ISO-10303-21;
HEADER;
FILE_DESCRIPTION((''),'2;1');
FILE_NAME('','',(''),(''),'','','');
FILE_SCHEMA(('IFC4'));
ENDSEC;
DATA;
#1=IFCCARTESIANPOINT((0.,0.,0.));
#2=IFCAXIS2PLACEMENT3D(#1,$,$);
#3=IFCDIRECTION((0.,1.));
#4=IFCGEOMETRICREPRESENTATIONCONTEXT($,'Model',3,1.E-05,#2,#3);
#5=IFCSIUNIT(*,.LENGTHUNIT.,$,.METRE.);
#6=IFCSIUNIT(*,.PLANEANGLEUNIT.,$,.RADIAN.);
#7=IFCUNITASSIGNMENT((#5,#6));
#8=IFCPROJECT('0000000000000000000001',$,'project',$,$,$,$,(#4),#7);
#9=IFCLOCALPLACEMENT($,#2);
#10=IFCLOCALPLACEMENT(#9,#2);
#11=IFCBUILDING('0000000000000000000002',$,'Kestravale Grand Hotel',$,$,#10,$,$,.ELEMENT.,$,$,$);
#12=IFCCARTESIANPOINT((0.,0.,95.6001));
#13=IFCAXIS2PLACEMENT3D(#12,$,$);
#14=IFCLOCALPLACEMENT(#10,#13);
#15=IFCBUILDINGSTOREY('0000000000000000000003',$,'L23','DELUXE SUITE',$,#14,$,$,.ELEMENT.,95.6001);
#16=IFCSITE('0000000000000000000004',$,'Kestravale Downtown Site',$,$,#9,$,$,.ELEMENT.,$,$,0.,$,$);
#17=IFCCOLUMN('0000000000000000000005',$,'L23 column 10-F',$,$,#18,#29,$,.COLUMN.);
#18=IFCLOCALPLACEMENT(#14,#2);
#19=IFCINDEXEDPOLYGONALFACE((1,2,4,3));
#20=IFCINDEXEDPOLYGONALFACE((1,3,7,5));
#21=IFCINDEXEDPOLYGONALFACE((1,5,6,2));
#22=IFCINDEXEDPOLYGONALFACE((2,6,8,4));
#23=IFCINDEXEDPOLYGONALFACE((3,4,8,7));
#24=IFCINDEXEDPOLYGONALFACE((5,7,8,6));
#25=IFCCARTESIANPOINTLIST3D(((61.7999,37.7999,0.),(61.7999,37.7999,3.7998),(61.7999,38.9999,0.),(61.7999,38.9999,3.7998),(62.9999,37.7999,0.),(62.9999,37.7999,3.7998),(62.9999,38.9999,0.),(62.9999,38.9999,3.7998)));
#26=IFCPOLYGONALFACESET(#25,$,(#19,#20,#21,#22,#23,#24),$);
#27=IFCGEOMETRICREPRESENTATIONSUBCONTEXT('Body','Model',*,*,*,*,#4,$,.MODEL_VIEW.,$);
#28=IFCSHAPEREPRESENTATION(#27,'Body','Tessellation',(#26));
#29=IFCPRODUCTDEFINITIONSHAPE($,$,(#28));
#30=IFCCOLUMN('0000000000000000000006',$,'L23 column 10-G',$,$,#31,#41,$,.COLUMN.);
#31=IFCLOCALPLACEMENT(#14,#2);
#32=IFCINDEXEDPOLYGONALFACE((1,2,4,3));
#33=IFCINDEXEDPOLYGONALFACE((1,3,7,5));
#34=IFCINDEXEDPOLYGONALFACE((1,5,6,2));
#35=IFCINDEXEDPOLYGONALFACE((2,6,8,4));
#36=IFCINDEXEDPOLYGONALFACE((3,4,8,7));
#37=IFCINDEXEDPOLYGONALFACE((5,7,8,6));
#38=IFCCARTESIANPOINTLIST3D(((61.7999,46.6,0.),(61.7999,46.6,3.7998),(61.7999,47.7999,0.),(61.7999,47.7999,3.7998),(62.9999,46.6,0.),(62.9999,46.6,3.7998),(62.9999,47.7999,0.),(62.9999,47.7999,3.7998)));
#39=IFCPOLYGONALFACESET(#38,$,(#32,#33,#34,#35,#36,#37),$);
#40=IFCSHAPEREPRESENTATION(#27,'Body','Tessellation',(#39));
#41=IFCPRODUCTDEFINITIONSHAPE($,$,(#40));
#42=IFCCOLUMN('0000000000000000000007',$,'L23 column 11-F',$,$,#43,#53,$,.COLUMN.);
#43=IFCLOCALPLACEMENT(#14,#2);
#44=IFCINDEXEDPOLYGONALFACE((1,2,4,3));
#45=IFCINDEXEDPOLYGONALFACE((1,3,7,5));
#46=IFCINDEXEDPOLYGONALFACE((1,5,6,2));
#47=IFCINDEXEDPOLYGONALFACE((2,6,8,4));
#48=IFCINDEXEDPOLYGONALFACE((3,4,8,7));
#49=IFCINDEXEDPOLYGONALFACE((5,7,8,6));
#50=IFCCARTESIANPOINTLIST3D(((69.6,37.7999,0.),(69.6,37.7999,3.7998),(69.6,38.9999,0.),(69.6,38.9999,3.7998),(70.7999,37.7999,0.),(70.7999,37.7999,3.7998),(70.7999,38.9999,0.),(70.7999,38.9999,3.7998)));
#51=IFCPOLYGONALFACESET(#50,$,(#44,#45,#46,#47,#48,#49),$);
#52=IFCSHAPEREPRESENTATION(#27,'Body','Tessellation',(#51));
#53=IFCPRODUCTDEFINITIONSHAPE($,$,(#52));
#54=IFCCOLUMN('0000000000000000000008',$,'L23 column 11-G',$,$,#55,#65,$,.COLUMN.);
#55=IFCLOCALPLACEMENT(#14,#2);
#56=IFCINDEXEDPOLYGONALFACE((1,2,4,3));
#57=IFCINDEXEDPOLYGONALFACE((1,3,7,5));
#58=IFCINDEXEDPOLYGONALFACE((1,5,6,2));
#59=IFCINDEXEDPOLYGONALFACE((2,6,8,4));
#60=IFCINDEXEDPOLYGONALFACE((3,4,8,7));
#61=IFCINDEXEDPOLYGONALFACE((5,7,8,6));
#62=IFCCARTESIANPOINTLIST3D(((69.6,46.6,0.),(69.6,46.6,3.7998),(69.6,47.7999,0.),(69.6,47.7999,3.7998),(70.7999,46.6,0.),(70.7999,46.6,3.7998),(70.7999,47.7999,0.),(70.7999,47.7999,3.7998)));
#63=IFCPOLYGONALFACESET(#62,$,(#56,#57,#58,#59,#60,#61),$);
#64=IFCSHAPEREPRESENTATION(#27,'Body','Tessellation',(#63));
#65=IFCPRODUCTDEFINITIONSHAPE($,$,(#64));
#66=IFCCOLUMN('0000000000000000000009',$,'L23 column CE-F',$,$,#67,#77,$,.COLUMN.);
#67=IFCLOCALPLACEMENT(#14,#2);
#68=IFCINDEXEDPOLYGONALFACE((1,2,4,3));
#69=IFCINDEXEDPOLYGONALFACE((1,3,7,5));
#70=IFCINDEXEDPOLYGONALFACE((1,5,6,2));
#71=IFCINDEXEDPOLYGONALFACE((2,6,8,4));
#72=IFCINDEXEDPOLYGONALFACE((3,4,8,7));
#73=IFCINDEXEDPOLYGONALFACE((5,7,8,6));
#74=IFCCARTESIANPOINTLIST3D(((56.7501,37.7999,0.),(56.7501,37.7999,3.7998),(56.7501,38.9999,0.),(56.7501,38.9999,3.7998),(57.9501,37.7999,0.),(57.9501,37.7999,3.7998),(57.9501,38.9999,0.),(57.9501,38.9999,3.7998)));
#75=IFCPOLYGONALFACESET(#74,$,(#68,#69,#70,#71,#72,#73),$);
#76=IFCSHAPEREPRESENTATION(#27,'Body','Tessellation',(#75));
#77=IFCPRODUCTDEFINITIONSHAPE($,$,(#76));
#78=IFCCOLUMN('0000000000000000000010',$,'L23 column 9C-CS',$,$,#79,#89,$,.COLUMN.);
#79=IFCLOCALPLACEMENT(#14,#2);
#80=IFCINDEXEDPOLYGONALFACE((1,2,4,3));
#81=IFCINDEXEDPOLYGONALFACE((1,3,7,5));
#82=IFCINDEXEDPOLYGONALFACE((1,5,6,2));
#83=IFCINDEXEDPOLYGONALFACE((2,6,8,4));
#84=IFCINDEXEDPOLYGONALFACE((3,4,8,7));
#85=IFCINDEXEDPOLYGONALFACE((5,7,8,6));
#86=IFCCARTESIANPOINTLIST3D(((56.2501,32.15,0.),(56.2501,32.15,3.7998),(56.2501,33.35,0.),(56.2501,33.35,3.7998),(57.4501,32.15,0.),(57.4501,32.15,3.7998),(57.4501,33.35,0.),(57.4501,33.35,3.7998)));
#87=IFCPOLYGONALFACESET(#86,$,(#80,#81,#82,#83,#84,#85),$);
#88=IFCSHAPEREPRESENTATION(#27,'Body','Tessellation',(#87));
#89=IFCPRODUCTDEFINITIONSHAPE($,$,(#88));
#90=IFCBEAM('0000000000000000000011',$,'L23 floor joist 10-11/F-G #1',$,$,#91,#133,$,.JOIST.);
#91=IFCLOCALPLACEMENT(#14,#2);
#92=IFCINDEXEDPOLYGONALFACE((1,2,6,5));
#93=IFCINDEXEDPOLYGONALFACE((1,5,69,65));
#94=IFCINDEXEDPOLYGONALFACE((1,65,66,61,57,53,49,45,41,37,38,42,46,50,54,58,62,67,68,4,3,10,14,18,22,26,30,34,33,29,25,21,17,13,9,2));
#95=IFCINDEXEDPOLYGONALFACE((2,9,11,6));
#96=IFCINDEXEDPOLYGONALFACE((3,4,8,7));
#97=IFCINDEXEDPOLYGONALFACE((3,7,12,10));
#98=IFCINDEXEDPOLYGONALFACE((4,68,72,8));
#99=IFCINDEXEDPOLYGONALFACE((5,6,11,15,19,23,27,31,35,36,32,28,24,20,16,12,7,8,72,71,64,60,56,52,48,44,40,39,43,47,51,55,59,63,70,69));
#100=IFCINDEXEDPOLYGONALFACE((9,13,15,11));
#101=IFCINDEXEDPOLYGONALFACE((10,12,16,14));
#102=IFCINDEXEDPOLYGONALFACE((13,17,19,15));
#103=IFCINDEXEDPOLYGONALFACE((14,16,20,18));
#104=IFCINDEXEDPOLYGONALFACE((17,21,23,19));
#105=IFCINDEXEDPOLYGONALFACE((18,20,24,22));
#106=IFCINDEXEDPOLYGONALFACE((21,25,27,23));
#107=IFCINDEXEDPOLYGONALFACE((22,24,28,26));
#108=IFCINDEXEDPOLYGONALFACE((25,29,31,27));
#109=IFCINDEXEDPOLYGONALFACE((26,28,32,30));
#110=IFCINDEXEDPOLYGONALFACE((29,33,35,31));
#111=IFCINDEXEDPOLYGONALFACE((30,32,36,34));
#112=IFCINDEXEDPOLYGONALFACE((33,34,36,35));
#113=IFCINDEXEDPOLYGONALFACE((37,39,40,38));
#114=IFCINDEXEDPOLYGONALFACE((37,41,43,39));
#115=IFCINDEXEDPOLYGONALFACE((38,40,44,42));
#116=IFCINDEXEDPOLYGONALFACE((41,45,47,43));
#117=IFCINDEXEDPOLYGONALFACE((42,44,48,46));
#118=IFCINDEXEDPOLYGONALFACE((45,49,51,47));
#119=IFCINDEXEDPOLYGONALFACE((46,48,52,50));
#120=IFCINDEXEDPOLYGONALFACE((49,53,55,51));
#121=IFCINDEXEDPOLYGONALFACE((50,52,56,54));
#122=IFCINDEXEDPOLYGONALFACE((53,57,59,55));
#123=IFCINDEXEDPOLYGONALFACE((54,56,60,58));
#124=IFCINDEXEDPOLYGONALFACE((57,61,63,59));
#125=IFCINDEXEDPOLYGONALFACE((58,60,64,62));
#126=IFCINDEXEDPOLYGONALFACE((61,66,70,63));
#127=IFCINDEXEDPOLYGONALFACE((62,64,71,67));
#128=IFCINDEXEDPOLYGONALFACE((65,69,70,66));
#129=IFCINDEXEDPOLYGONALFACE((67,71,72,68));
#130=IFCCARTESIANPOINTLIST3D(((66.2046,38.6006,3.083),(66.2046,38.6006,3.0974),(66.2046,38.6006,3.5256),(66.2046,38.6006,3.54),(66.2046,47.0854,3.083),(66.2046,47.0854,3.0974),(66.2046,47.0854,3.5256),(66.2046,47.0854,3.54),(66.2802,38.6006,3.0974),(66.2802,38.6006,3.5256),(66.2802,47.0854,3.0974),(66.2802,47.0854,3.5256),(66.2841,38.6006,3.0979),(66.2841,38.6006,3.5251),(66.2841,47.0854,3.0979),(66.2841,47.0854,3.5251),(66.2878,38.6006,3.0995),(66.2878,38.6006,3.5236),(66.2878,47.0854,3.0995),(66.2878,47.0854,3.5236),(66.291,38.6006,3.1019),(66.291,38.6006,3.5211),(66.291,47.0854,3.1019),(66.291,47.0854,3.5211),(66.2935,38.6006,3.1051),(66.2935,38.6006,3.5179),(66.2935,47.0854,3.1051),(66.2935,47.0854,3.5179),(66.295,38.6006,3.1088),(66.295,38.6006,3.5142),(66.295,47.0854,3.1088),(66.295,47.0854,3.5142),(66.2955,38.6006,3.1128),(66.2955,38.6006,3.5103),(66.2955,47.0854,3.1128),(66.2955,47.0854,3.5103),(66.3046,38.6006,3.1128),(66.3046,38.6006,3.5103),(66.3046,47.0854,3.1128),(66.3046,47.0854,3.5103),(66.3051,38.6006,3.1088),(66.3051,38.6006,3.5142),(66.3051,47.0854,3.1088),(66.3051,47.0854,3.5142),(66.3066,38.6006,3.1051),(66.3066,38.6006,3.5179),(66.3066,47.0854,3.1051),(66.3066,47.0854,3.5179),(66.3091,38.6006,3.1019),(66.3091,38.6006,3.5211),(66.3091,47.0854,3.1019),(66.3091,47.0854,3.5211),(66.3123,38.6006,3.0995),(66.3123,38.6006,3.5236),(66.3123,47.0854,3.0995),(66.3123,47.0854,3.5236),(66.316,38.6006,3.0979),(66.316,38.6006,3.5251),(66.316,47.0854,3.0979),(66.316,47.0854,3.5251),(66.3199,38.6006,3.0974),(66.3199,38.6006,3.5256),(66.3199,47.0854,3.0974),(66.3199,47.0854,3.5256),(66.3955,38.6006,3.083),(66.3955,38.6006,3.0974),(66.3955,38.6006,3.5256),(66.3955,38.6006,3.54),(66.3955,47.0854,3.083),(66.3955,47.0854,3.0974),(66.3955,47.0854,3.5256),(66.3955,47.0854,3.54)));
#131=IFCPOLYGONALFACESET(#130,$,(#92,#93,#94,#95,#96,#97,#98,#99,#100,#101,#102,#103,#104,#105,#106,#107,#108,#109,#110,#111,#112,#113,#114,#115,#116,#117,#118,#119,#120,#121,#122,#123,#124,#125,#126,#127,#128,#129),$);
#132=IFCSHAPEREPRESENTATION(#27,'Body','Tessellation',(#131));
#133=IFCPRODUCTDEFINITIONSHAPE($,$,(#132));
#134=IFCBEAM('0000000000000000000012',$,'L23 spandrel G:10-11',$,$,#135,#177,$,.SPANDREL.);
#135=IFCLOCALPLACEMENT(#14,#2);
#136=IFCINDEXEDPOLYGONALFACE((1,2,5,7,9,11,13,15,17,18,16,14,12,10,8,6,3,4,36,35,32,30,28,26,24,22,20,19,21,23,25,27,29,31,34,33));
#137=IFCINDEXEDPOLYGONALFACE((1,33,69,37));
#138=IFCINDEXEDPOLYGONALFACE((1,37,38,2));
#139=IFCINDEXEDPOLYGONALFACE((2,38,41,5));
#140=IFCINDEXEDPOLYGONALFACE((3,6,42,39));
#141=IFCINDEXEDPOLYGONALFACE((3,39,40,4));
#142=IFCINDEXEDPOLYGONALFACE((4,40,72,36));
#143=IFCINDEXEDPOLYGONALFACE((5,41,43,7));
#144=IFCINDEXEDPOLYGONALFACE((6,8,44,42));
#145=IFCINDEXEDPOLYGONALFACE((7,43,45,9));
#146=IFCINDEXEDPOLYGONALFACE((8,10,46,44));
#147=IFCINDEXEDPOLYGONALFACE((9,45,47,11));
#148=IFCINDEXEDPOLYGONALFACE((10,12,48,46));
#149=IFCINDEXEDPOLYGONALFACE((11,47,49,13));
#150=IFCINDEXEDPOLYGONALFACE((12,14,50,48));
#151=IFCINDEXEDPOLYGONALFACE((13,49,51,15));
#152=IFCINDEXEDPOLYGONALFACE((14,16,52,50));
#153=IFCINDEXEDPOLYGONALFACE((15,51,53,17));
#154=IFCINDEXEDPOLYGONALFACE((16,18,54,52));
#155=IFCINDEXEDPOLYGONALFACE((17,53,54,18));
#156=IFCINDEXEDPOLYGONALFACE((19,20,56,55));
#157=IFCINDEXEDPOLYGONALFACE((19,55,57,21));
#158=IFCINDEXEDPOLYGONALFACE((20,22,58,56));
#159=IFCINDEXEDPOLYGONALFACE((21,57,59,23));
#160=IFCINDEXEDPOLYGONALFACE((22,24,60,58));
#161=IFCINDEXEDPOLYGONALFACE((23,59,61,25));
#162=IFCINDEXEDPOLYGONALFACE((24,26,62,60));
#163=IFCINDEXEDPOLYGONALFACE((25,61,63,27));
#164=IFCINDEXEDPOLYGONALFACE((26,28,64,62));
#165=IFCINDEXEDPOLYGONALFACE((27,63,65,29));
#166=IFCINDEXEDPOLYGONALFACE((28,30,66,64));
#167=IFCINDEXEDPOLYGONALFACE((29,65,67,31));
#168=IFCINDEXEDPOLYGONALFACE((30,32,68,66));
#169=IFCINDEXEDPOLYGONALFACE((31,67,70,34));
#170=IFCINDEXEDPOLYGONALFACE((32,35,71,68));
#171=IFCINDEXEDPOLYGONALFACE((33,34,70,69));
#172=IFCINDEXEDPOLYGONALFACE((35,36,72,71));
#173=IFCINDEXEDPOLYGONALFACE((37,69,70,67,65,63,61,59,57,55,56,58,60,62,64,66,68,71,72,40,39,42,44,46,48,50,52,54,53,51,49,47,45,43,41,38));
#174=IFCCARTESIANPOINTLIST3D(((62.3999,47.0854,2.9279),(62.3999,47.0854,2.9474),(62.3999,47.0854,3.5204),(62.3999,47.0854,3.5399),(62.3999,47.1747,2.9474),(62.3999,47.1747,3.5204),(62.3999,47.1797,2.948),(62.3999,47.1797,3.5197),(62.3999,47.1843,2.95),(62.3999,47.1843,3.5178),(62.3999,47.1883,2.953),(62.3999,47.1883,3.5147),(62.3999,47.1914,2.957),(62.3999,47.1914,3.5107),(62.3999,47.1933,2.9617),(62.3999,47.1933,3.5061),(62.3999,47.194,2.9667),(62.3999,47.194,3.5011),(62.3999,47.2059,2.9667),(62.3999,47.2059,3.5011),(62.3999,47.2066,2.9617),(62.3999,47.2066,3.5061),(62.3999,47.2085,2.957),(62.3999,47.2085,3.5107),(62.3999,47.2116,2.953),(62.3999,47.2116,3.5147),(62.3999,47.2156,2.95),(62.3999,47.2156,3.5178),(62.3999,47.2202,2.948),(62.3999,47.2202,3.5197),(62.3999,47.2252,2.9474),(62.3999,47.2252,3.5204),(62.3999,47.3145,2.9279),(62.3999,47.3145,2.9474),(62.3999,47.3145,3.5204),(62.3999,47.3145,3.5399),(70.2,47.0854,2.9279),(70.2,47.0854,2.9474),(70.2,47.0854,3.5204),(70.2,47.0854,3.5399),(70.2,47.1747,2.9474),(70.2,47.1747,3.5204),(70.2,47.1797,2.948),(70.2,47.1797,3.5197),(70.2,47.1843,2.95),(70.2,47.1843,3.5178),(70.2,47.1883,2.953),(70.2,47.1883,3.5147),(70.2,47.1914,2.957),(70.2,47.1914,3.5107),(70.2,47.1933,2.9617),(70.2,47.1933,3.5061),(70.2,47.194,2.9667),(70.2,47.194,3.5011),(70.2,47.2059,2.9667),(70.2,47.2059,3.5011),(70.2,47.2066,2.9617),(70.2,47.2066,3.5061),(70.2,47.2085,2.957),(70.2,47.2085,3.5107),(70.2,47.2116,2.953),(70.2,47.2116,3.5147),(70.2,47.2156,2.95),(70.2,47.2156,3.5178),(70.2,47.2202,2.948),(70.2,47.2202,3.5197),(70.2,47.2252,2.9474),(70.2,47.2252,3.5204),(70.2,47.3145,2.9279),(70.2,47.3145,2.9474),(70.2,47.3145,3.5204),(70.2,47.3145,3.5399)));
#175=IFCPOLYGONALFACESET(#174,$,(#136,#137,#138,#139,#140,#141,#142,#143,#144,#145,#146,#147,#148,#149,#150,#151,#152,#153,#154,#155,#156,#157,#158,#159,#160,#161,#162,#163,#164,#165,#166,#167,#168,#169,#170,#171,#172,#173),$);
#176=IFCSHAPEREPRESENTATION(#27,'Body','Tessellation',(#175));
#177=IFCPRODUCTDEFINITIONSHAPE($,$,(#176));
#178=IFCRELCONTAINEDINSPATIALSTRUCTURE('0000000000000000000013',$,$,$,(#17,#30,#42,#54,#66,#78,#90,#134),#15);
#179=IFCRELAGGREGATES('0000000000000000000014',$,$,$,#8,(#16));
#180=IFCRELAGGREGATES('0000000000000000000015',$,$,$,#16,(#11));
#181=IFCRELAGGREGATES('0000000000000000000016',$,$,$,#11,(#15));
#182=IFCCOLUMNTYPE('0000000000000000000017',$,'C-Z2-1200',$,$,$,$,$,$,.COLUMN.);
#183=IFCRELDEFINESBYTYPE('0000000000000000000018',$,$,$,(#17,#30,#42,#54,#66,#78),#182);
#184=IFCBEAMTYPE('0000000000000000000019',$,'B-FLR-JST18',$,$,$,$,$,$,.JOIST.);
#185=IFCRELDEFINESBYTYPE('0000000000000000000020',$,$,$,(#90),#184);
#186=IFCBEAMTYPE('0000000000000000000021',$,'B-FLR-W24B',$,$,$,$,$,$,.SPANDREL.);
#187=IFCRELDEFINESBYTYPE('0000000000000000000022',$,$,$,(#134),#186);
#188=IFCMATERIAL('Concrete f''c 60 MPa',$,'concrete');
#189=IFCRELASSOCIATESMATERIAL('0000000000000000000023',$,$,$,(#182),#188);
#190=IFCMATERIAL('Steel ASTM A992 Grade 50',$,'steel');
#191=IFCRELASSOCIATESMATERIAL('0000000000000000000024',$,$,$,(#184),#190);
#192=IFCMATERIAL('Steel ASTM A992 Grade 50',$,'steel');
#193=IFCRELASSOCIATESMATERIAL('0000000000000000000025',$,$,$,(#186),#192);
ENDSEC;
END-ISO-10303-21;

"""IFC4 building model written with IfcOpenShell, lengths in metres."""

from ifc_helpers import new_model, si_unit, direction, frame, origin, origin_2d, place, context, subcontext, project, spatial, rectangle, i_section, extrude, material, material_profile, profile_set, type_object, element, save


model = new_model("IFC4")

# Units and contexts
model_context = context("Model", 3, precision=1e-05, world=origin(), true_north=direction((0.0, 1.0)))
body_context = subcontext(model_context, "Body", "Model", "MODEL_VIEW")
ifc_project = project(units=[si_unit("LENGTHUNIT", "METRE"), si_unit("PLANEANGLEUNIT", "RADIAN")], contexts=[model_context])

# Site, building, storey
site_placement = place(None, origin())
site = spatial("IfcSite", under=ifc_project, at=site_placement, Name="Kestravale Downtown Site", CompositionType="ELEMENT", RefElevation=0.0)
building_placement = place(site_placement, origin())
building = spatial("IfcBuilding", under=site, at=building_placement, Name="Kestravale Grand Hotel", CompositionType="ELEMENT")
storey_placement = place(building_placement, frame((0.0, 0.0, 95.6001)))
storey = spatial("IfcBuildingStorey", under=building, at=storey_placement, Name="L23", Description="DELUXE SUITE", CompositionType="ELEMENT", Elevation=95.6001)

# Columns
ifc_material_1 = material(Name="Concrete f'c 60 MPa", Category="concrete")
ifc_material_profile_1 = material_profile(ifc_material_1, rectangle(XDim=1.2, YDim=1.2, at=origin_2d()))
ifc_profile_set_1 = profile_set([ifc_material_profile_1], Name="Concrete f'c 60 MPa")
column_type = type_object("IfcColumnType", Name="C-Z2-1200", PredefinedType="COLUMN", material=ifc_profile_set_1)
for number, where, z_axis, x_axis, name in (
    (1, (62.3999, 38.3999, 0.0), (0.0, 0.0, 1.0), (1.0, 0.0, 0.0), "L23 column 10-F"),
    (2, (62.3999, 47.2, 0.0), (0.0, 0.0, 1.0), (1.0, 0.0, 0.0), "L23 column 10-G"),
    (3, (70.2, 38.3999, 0.0), (0.0, 0.0, 1.0), (1.0, 0.0, 0.0), "L23 column 11-F"),
    (4, (70.2, 47.2, 0.0), (0.0, 0.0, 1.0), (1.0, 0.0, 0.0), "L23 column 11-G"),
    (5, (57.3501, 38.3999, 0.0), (0.0, 0.0, 1.0), (1.0, 0.0, 0.0), "L23 column CE-F"),
    (6, (56.8501, 32.75, 0.0), (0.0, 0.0, 1.0), (1.0, 0.0, 0.0), "L23 column 9C-CS"),
):
    element("IfcColumn", number, at=place(storey_placement, frame(where, z_axis=z_axis, x_axis=x_axis)), inside=storey, type_object=column_type, Name=name, PredefinedType="COLUMN", context=body_context, shape_type="SweptSolid", body=[
        extrude(rectangle(XDim=1.2, YDim=1.2, at=origin_2d()), origin(), (0.0, 0.0, 1.0), 3.7998),
    ])

# Beams
ifc_material_2 = material(Name="Steel ASTM A992 Grade 50", Category="steel")
ifc_material_profile_2 = material_profile(ifc_material_2, i_section(OverallWidth=0.1909, OverallDepth=0.457, WebThickness=0.009, FlangeThickness=0.0144, FilletRadius=0.0154, at=origin_2d()))
ifc_profile_set_2 = profile_set([ifc_material_profile_2], Name="Steel ASTM A992 Grade 50")
beam_type_1 = type_object("IfcBeamType", Name="B-FLR-JST18", PredefinedType="JOIST", material=ifc_profile_set_2)
beam_1_placement = place(storey_placement, frame((66.3, 38.6006, 3.3115), z_axis=(0.0, 1.0, 0.0), x_axis=(-1.0, 0.0, 0.0)))
element("IfcBeam", 7, at=beam_1_placement, inside=storey, type_object=beam_type_1, Name="L23 floor joist 10-11/F-G #1", PredefinedType="JOIST", context=body_context, shape_type="SweptSolid", body=[
    extrude(i_section(OverallWidth=0.1909, OverallDepth=0.457, WebThickness=0.009, FlangeThickness=0.0144, FilletRadius=0.0154, at=origin_2d()), origin(), (0.0, 0.0, 1.0), 8.4849),
])
ifc_material_3 = material(Name="Steel ASTM A992 Grade 50", Category="steel")
ifc_material_profile_3 = material_profile(ifc_material_3, i_section(OverallWidth=0.229, OverallDepth=0.6121, WebThickness=0.012, FlangeThickness=0.0195, FilletRadius=0.0193, at=origin_2d()))
ifc_profile_set_3 = profile_set([ifc_material_profile_3], Name="Steel ASTM A992 Grade 50")
beam_type_2 = type_object("IfcBeamType", Name="B-FLR-W24B", PredefinedType="SPANDREL", material=ifc_profile_set_3)
beam_2_placement = place(storey_placement, frame((62.3999, 47.2, 3.2339), z_axis=(1.0, 0.0, 0.0), x_axis=(0.0, 1.0, 0.0)))
element("IfcBeam", 8, at=beam_2_placement, inside=storey, type_object=beam_type_2, Name="L23 spandrel G:10-11", PredefinedType="SPANDREL", context=body_context, shape_type="SweptSolid", body=[
    extrude(i_section(OverallWidth=0.229, OverallDepth=0.6121, WebThickness=0.012, FlangeThickness=0.0195, FilletRadius=0.0193, at=origin_2d()), origin(), (0.0, 0.0, 1.0), 7.8),
])

save(model, "model.ifc")
